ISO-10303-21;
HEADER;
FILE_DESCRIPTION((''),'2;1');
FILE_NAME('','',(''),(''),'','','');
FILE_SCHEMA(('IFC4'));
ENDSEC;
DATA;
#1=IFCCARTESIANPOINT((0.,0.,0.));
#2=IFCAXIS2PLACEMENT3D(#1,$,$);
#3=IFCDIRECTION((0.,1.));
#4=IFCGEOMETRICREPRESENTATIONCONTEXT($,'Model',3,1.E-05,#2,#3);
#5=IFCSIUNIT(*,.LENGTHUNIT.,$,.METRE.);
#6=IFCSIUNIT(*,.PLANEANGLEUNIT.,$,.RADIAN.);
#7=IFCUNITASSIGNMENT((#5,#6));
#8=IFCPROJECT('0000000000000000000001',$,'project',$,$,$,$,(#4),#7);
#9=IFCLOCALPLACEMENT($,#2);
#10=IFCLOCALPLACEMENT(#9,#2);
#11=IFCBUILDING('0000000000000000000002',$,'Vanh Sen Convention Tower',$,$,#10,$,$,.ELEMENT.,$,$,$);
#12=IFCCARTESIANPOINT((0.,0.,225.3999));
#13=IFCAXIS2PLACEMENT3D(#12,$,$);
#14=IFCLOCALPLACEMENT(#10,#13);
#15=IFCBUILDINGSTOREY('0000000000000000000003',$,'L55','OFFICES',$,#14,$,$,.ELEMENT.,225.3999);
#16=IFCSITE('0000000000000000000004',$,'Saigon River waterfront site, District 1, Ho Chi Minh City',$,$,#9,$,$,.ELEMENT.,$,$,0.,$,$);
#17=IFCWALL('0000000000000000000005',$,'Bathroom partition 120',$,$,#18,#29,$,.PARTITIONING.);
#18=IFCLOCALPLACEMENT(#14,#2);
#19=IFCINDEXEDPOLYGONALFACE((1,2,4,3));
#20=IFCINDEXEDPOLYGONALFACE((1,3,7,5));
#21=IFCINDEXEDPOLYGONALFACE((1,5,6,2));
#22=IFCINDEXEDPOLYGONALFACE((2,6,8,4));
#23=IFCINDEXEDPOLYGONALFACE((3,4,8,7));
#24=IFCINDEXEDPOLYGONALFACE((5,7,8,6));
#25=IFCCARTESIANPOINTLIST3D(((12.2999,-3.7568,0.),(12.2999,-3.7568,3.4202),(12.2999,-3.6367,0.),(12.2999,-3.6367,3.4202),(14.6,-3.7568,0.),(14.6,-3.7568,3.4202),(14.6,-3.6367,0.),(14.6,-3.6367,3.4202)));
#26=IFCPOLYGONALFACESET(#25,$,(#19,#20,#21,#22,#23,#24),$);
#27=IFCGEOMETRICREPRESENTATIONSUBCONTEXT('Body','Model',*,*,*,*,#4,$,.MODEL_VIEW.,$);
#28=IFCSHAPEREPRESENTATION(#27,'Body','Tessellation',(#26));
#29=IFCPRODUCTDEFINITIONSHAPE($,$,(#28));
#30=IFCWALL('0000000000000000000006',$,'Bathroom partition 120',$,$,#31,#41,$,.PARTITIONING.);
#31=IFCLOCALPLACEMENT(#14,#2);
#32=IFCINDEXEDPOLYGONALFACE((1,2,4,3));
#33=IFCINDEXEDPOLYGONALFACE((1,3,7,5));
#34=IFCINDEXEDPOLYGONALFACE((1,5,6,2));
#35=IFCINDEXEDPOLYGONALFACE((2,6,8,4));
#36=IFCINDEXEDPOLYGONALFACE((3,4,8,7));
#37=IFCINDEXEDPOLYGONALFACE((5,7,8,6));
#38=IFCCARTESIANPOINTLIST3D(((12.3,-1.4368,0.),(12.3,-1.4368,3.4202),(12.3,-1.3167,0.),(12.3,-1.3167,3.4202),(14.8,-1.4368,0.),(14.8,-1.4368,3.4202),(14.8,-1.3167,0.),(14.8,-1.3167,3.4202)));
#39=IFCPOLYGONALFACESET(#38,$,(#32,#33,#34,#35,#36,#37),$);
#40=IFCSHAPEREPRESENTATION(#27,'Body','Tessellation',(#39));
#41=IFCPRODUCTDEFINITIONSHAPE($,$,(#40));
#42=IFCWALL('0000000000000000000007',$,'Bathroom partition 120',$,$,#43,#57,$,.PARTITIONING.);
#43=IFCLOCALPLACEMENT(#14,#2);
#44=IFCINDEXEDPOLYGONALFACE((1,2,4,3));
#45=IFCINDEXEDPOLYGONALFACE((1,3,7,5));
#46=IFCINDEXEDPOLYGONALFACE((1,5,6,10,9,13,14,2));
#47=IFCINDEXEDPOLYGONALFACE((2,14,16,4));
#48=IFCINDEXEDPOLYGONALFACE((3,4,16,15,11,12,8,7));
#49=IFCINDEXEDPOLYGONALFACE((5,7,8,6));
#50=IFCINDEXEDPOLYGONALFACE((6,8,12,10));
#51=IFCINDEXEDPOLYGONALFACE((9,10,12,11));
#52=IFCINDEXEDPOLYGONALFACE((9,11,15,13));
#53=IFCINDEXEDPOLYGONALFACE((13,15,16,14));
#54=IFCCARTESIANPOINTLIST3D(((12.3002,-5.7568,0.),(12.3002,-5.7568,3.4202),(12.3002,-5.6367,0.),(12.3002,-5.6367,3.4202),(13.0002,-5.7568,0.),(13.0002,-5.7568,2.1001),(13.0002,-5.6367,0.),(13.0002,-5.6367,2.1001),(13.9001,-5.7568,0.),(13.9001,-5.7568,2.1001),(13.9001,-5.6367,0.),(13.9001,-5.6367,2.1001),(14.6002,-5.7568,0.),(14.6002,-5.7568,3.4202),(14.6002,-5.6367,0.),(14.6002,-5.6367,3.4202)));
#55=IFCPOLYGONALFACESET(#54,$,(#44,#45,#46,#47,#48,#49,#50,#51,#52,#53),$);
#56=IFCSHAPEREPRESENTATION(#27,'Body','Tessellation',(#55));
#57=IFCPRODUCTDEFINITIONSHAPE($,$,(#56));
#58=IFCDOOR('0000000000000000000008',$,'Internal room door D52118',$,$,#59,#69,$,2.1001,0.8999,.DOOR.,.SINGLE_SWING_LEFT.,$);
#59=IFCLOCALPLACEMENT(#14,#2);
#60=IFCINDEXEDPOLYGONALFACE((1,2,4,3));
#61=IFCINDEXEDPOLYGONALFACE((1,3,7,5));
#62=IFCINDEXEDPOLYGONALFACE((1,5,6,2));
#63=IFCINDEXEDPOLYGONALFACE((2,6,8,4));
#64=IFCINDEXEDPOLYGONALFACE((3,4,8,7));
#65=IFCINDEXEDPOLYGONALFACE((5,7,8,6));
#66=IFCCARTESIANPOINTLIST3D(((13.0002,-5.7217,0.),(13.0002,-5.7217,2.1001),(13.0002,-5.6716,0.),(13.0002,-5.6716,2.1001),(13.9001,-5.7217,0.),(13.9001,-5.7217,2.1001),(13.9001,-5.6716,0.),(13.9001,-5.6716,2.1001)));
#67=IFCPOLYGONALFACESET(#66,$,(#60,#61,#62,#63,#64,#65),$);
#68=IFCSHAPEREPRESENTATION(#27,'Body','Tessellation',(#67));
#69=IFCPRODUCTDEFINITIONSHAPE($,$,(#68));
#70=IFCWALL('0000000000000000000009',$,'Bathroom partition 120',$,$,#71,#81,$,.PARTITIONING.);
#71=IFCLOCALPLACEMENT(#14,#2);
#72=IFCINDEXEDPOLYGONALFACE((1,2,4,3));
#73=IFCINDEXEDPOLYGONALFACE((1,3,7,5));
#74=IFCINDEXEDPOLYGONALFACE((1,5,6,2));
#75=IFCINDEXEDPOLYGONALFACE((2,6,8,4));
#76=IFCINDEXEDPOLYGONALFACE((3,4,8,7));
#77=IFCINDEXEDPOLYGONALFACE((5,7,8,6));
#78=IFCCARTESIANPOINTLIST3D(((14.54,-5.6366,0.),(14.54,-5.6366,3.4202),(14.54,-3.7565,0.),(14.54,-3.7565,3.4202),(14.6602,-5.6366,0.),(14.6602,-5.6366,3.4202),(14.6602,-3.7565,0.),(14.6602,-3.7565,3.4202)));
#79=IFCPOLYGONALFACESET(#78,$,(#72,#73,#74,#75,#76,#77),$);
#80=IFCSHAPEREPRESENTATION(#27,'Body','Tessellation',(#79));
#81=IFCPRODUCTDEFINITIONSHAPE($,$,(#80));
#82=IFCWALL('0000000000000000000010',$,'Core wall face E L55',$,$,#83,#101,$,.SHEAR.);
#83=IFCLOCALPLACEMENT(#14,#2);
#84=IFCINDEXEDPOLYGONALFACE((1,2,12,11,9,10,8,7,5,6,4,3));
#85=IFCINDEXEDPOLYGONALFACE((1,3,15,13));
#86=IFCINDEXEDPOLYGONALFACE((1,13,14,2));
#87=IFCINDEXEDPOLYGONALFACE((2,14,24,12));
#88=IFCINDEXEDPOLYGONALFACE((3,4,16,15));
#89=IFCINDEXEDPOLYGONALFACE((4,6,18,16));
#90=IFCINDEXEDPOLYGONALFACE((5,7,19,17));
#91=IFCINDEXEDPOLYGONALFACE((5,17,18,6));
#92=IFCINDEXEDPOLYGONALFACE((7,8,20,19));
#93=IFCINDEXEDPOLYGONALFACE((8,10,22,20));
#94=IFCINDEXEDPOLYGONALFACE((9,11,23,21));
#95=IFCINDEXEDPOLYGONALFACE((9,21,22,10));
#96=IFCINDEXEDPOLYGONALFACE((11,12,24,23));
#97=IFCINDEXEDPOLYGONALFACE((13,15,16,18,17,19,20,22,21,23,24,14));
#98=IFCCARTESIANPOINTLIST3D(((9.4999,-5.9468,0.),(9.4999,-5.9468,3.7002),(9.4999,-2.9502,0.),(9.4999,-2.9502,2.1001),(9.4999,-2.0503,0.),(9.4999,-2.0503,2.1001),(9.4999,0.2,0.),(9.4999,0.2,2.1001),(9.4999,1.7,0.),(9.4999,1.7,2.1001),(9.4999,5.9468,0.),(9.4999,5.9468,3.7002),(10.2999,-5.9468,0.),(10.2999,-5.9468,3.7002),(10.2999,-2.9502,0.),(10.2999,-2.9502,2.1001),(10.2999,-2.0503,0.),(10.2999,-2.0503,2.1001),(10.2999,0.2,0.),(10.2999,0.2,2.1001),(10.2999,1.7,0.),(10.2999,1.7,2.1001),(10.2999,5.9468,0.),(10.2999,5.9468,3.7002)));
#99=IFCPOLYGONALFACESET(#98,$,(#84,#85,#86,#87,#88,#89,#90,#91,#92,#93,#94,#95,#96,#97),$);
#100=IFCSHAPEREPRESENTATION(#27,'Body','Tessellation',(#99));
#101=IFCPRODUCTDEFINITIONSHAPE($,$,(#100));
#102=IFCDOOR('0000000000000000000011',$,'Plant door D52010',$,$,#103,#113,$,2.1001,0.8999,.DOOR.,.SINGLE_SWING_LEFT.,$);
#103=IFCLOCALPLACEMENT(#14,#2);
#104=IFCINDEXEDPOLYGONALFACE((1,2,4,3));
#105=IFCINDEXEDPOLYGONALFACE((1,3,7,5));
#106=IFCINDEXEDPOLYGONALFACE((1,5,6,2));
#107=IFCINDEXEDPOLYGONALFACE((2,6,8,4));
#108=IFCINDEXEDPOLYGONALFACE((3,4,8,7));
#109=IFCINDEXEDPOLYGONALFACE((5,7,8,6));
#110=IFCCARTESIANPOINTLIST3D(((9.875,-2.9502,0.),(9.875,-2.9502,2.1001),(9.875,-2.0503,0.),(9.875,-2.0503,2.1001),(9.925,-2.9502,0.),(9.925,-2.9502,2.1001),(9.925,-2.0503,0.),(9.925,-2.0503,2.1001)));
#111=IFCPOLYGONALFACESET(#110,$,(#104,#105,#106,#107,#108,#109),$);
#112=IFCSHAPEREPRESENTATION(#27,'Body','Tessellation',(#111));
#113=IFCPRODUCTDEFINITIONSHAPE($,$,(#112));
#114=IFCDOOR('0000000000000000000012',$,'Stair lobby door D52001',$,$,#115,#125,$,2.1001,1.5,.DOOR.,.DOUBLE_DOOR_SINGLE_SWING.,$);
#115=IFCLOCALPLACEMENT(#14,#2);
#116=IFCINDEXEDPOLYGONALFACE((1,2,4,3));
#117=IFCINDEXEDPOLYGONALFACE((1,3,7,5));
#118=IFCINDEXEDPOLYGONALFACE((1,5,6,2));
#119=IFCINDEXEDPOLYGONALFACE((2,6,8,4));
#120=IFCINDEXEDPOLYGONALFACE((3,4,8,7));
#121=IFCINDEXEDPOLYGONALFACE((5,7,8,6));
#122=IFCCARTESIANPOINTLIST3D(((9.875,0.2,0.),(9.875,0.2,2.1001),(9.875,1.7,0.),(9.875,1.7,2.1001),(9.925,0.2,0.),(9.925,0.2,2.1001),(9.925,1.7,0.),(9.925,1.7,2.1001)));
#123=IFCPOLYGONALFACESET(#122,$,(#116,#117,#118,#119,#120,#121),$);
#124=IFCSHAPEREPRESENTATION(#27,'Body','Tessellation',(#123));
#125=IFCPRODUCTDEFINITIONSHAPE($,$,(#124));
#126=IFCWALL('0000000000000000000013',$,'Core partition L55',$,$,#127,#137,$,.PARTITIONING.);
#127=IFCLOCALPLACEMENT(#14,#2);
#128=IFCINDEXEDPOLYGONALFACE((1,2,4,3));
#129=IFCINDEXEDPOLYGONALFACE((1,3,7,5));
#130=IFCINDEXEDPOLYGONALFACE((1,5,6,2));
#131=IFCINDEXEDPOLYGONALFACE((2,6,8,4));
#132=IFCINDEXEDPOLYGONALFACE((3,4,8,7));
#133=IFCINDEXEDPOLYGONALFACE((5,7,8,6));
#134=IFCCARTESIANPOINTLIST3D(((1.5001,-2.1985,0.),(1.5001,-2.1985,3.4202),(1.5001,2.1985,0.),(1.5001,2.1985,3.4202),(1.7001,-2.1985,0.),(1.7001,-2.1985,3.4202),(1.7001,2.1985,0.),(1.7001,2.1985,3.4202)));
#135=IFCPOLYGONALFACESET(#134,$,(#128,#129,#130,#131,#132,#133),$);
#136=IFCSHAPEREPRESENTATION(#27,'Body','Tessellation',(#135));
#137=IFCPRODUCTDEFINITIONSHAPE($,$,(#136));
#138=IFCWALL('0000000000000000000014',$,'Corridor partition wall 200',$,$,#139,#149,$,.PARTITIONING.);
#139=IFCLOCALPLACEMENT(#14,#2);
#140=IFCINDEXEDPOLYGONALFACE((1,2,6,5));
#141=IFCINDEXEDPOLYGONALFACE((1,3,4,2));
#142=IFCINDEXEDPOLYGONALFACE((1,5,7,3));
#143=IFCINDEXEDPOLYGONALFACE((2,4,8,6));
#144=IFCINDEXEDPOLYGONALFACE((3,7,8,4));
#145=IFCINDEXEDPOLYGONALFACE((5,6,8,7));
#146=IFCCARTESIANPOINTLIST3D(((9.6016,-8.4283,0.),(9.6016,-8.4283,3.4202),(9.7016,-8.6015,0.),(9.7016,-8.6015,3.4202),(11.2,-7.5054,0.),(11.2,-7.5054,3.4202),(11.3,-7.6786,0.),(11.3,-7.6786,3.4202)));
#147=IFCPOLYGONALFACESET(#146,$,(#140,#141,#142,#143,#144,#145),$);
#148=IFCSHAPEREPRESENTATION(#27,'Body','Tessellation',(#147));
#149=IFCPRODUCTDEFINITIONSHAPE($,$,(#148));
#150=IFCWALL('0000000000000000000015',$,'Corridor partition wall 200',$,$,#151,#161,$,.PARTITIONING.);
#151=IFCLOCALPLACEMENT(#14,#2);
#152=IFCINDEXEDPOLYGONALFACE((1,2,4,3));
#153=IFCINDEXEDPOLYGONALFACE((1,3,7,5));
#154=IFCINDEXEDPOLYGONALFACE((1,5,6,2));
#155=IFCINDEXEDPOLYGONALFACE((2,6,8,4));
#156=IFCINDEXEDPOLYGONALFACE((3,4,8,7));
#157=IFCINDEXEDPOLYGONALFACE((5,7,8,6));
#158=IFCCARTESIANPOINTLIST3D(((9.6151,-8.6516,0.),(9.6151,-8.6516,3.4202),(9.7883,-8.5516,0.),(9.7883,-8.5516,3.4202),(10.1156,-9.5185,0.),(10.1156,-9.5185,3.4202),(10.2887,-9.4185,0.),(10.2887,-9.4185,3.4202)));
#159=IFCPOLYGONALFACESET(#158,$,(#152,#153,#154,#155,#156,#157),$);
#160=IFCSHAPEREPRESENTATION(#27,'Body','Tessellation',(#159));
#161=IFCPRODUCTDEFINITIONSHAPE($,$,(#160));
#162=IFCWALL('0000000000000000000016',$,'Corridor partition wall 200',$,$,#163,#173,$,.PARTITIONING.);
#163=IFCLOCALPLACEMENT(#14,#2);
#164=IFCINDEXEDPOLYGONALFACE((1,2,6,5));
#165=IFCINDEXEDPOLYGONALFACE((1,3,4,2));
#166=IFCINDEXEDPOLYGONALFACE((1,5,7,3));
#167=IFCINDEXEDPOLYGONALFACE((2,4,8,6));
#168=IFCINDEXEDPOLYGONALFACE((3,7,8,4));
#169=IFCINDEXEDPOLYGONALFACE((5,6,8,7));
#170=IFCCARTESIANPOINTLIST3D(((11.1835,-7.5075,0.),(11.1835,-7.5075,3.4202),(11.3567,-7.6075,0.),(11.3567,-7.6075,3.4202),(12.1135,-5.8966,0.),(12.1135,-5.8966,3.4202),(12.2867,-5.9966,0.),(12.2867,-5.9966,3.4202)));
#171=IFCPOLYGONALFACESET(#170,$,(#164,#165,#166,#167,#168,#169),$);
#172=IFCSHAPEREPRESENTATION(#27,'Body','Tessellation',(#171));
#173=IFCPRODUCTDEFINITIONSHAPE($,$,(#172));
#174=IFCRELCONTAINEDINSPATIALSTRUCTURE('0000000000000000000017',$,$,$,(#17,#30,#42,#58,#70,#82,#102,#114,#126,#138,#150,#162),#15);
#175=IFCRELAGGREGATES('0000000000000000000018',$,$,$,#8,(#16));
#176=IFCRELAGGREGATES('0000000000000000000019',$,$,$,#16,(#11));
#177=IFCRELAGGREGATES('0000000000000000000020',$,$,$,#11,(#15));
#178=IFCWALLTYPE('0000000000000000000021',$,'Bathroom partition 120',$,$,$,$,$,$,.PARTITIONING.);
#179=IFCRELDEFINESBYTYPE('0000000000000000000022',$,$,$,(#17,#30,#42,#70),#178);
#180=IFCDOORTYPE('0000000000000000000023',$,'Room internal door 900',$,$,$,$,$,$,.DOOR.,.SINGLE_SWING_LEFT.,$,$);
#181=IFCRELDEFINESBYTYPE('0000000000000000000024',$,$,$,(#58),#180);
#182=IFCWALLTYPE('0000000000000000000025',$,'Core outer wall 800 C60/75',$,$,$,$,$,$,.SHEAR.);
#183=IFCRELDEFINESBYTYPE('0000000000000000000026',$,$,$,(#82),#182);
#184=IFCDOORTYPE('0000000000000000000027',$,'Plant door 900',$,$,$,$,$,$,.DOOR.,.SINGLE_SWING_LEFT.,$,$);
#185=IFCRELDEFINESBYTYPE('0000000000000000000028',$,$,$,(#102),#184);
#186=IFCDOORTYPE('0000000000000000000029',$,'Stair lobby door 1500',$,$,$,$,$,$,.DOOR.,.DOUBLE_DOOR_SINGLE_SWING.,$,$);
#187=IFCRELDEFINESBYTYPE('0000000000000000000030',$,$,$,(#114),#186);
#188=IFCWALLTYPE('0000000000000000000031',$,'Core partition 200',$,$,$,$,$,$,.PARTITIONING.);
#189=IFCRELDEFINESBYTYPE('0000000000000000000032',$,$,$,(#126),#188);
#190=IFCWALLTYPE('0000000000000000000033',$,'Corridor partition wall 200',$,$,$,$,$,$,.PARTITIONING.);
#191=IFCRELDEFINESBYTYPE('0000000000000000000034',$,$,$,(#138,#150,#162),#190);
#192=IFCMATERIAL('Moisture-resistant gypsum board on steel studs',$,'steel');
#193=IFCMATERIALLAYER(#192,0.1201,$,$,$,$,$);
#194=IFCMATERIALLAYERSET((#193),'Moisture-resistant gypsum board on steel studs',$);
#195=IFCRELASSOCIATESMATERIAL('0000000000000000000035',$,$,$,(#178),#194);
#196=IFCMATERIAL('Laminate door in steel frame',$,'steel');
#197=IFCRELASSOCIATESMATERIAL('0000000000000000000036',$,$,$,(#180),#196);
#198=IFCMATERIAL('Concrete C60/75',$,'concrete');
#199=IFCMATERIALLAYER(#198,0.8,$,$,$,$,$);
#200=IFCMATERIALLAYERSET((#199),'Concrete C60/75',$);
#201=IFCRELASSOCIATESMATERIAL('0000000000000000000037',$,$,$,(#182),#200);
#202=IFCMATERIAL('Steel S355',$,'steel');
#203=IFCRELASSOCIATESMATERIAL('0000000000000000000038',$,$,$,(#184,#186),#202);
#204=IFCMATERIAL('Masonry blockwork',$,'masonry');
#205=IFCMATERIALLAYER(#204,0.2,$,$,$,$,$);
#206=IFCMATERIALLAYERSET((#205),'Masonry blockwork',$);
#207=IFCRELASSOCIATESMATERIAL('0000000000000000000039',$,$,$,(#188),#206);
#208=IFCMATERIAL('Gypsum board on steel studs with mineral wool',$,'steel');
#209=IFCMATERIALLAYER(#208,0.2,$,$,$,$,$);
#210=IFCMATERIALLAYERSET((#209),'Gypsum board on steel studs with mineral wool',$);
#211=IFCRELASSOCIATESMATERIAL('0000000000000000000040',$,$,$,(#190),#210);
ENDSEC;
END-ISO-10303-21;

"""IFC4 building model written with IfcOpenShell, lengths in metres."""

from ifc_helpers import new_model, si_unit, direction, frame, frame_2d, origin, place, context, subcontext, project, spatial, rectangle, extrude, material, layer, layer_set, type_object, element, fill, save


model = new_model("IFC4")

# Units and contexts
model_context = context("Model", 3, precision=1e-05, world=origin(), true_north=direction((0.0, 1.0)))
body_context = subcontext(model_context, "Body", "Model", "MODEL_VIEW")
ifc_project = project(units=[si_unit("LENGTHUNIT", "METRE"), si_unit("PLANEANGLEUNIT", "RADIAN")], contexts=[model_context])

# Site, building, storey
site_placement = place(None, origin())
site = spatial("IfcSite", under=ifc_project, at=site_placement, Name="Saigon River waterfront site, District 1, Ho Chi Minh City", CompositionType="ELEMENT", RefElevation=0.0)
building_placement = place(site_placement, origin())
building = spatial("IfcBuilding", under=site, at=building_placement, Name="Vanh Sen Convention Tower", CompositionType="ELEMENT")
storey_placement = place(building_placement, frame((0.0, 0.0, 225.3999)))
storey = spatial("IfcBuildingStorey", under=building, at=storey_placement, Name="L55", Description="OFFICES", CompositionType="ELEMENT", Elevation=225.3999)

# Walls
ifc_material_1 = material(Name="Moisture-resistant gypsum board on steel studs", Category="steel")
ifc_layer_1 = layer(ifc_material_1, 0.1201)
ifc_layer_set_1 = layer_set([ifc_layer_1], Name="Moisture-resistant gypsum board on steel studs")
wall_type_1 = type_object("IfcWallType", Name="Bathroom partition 120", PredefinedType="PARTITIONING", material=ifc_layer_set_1)
wall_1_placement = place(storey_placement, frame((12.3, -3.6968, 0.0), z_axis=(0.0, 0.0, 1.0), x_axis=(1.0, 0.0, 0.0)))
element("IfcWall", 1, at=wall_1_placement, inside=storey, type_object=wall_type_1, Name="Bathroom partition 120", PredefinedType="PARTITIONING", context=body_context, shape_type="SweptSolid", body=[
    extrude(rectangle(XDim=2.3, YDim=0.1201, at=frame_2d((1.1499, 0.0))), origin(), (0.0, 0.0, 1.0), 3.4202),
])
wall_2_placement = place(storey_placement, frame((12.3, -1.3767, 0.0), z_axis=(0.0, 0.0, 1.0), x_axis=(1.0, 0.0, 0.0)))
element("IfcWall", 2, at=wall_2_placement, inside=storey, type_object=wall_type_1, Name="Bathroom partition 120", PredefinedType="PARTITIONING", context=body_context, shape_type="SweptSolid", body=[
    extrude(rectangle(XDim=2.5, YDim=0.1201, at=frame_2d((1.25, 0.0))), origin(), (0.0, 0.0, 1.0), 3.4202),
])

# Wall, opening, door
wall_3_placement = place(storey_placement, frame((14.6001, -5.6968, 0.0), z_axis=(0.0, 0.0, 1.0), x_axis=(-1.0, 0.0, 0.0)))
wall_3 = element("IfcWall", 3, at=wall_3_placement, inside=storey, type_object=wall_type_1, Name="Bathroom partition 120", PredefinedType="PARTITIONING", context=body_context, shape_type="SweptSolid", body=[
    extrude(rectangle(XDim=2.3, YDim=0.1201, at=frame_2d((1.1499, 0.0))), origin(), (0.0, 0.0, 1.0), 3.4202),
])
opening_1_placement = place(wall_3_placement, frame((0.7, 0.0, 0.0)))
opening_1 = element("IfcOpeningElement", 4, at=opening_1_placement, cuts=wall_3, PredefinedType="OPENING", context=body_context, shape_type="SweptSolid", body=[
    extrude(rectangle(XDim=0.8999, YDim=2.1001, at=frame_2d((0.45, 1.05))), frame((0.0, 0.0701, 0.0), z_axis=(0.0, -1.0, 0.0), x_axis=(1.0, 0.0, 0.0)), (0.0, 0.0, 1.0), 0.1401),
])
ifc_material_2 = material(Name="Laminate door in steel frame", Category="steel")
door_type_1 = type_object("IfcDoorType", Name="Room internal door 900", OperationType="SINGLE_SWING_LEFT", PredefinedType="DOOR", material=ifc_material_2)
door_1_placement = place(opening_1_placement, origin())
door_1 = element("IfcDoor", 5, at=door_1_placement, inside=storey, type_object=door_type_1, Name="Internal room door D52118", OperationType="SINGLE_SWING_LEFT", OverallHeight=2.1001, OverallWidth=0.8999, PredefinedType="DOOR", context=body_context, shape_type="SweptSolid", body=[
    extrude(rectangle(XDim=0.8999, YDim=2.1001, at=frame_2d((0.45, 1.05))), frame((0.0, 0.0249, 0.0), z_axis=(0.0, -1.0, 0.0), x_axis=(1.0, 0.0, 0.0)), (0.0, 0.0, 1.0), 0.05),
])
fill(opening_1, door_1)

# Wall
wall_4_placement = place(storey_placement, frame((14.6001, -3.7566, 0.0), z_axis=(0.0, 0.0, 1.0), x_axis=(0.0, -1.0, 0.0)))
element("IfcWall", 6, at=wall_4_placement, inside=storey, type_object=wall_type_1, Name="Bathroom partition 120", PredefinedType="PARTITIONING", context=body_context, shape_type="SweptSolid", body=[
    extrude(rectangle(XDim=1.8801, YDim=0.1201, at=frame_2d((0.9399, 0.0))), origin(), (0.0, 0.0, 1.0), 3.4202),
])

# Wall, openings, doors
ifc_material_3 = material(Name="Concrete C60/75", Category="concrete")
ifc_layer_2 = layer(ifc_material_3, 0.8)
ifc_layer_set_2 = layer_set([ifc_layer_2], Name="Concrete C60/75")
wall_type_2 = type_object("IfcWallType", Name="Core outer wall 800 C60/75", PredefinedType="SHEAR", material=ifc_layer_set_2)
wall_5_placement = place(storey_placement, frame((9.8999, -5.9468, 0.0), z_axis=(0.0, 0.0, 1.0), x_axis=(0.0, 1.0, 0.0)))
wall_5 = element("IfcWall", 7, at=wall_5_placement, inside=storey, type_object=wall_type_2, Name="Core wall face E L55", PredefinedType="SHEAR", context=body_context, shape_type="SweptSolid", body=[
    extrude(rectangle(XDim=11.8936, YDim=0.8, at=frame_2d((5.9468, 0.0))), origin(), (0.0, 0.0, 1.0), 3.7002),
])
opening_2_placement = place(wall_5_placement, frame((6.1467, 0.0, 0.0)))
opening_2 = element("IfcOpeningElement", 8, at=opening_2_placement, cuts=wall_5, PredefinedType="OPENING", context=body_context, shape_type="SweptSolid", body=[
    extrude(rectangle(XDim=1.5, YDim=2.1001, at=frame_2d((0.75, 1.05))), frame((0.0, 0.4099, 0.0), z_axis=(0.0, -1.0, 0.0), x_axis=(1.0, 0.0, 0.0)), (0.0, 0.0, 1.0), 0.8201),
])
opening_3_placement = place(wall_5_placement, frame((2.9966, 0.0, 0.0)))
opening_3 = element("IfcOpeningElement", 9, at=opening_3_placement, cuts=wall_5, PredefinedType="OPENING", context=body_context, shape_type="SweptSolid", body=[
    extrude(rectangle(XDim=0.8999, YDim=2.1001, at=frame_2d((0.45, 1.05))), frame((0.0, 0.4099, 0.0), z_axis=(0.0, -1.0, 0.0), x_axis=(1.0, 0.0, 0.0)), (0.0, 0.0, 1.0), 0.8201),
])
ifc_material_4 = material(Name="Steel S355", Category="steel")
door_type_2 = type_object("IfcDoorType", Name="Plant door 900", OperationType="SINGLE_SWING_LEFT", PredefinedType="DOOR", material=ifc_material_4)
door_2_placement = place(opening_3_placement, origin())
door_2 = element("IfcDoor", 10, at=door_2_placement, inside=storey, type_object=door_type_2, Name="Plant door D52010", OperationType="SINGLE_SWING_LEFT", OverallHeight=2.1001, OverallWidth=0.8999, PredefinedType="DOOR", context=body_context, shape_type="SweptSolid", body=[
    extrude(rectangle(XDim=0.8999, YDim=2.1001, at=frame_2d((0.45, 1.05))), frame((0.0, 0.0249, 0.0), z_axis=(0.0, -1.0, 0.0), x_axis=(1.0, 0.0, 0.0)), (0.0, 0.0, 1.0), 0.05),
])
fill(opening_3, door_2)
door_type_3 = type_object("IfcDoorType", Name="Stair lobby door 1500", OperationType="DOUBLE_DOOR_SINGLE_SWING", PredefinedType="DOOR", material=ifc_material_4)
door_3_placement = place(opening_2_placement, origin())
door_3 = element("IfcDoor", 11, at=door_3_placement, inside=storey, type_object=door_type_3, Name="Stair lobby door D52001", OperationType="DOUBLE_DOOR_SINGLE_SWING", OverallHeight=2.1001, OverallWidth=1.5, PredefinedType="DOOR", context=body_context, shape_type="SweptSolid", body=[
    extrude(rectangle(XDim=1.5, YDim=2.1001, at=frame_2d((0.75, 1.05))), frame((0.0, 0.0249, 0.0), z_axis=(0.0, -1.0, 0.0), x_axis=(1.0, 0.0, 0.0)), (0.0, 0.0, 1.0), 0.05),
])
fill(opening_2, door_3)

# Walls
ifc_material_5 = material(Name="Masonry blockwork", Category="masonry")
ifc_layer_3 = layer(ifc_material_5, 0.2)
ifc_layer_set_3 = layer_set([ifc_layer_3], Name="Masonry blockwork")
wall_type_3 = type_object("IfcWallType", Name="Core partition 200", PredefinedType="PARTITIONING", material=ifc_layer_set_3)
wall_6_placement = place(storey_placement, frame((1.6001, -2.1985, 0.0), z_axis=(0.0, 0.0, 1.0), x_axis=(0.0, 1.0, 0.0)))
element("IfcWall", 12, at=wall_6_placement, inside=storey, type_object=wall_type_3, Name="Core partition L55", PredefinedType="PARTITIONING", context=body_context, shape_type="SweptSolid", body=[
    extrude(rectangle(XDim=4.397, YDim=0.2, at=frame_2d((2.1985, 0.0))), origin(), (0.0, 0.0, 1.0), 3.4202),
])
ifc_material_6 = material(Name="Gypsum board on steel studs with mineral wool", Category="steel")
ifc_layer_4 = layer(ifc_material_6, 0.2)
ifc_layer_set_4 = layer_set([ifc_layer_4], Name="Gypsum board on steel studs with mineral wool")
wall_type_4 = type_object("IfcWallType", Name="Corridor partition wall 200", PredefinedType="PARTITIONING", material=ifc_layer_set_4)
wall_7_placement = place(storey_placement, frame((9.6516, -8.5149, 0.0), z_axis=(0.0, 0.0, 1.0), x_axis=(0.86602, 0.500009, 0.0)))
element("IfcWall", 13, at=wall_7_placement, inside=storey, type_object=wall_type_4, Name="Corridor partition wall 200", PredefinedType="PARTITIONING", context=body_context, shape_type="SweptSolid", body=[
    extrude(rectangle(XDim=1.8457, YDim=0.2, at=frame_2d((0.9229, 0.0))), origin(), (0.0, 0.0, 1.0), 3.4202),
])
wall_8_placement = place(storey_placement, frame((10.2021, -9.4685, 0.0), z_axis=(0.0, 0.0, 1.0), x_axis=(-0.499969, 0.866043, 0.0)))
element("IfcWall", 14, at=wall_8_placement, inside=storey, type_object=wall_type_4, Name="Corridor partition wall 200", PredefinedType="PARTITIONING", context=body_context, shape_type="SweptSolid", body=[
    extrude(rectangle(XDim=1.001, YDim=0.2, at=frame_2d((0.5005, 0.0))), origin(), (0.0, 0.0, 1.0), 3.4202),
])
wall_9_placement = place(storey_placement, frame((11.27, -7.5576, 0.0), z_axis=(0.0, 0.0, 1.0), x_axis=(0.499965, 0.866046, 0.0)))
element("IfcWall", 15, at=wall_9_placement, inside=storey, type_object=wall_type_4, Name="Corridor partition wall 200", PredefinedType="PARTITIONING", context=body_context, shape_type="SweptSolid", body=[
    extrude(rectangle(XDim=1.8601, YDim=0.2, at=frame_2d((0.9302, 0.0))), origin(), (0.0, 0.0, 1.0), 3.4202),
])

save(model, "model.ifc")
